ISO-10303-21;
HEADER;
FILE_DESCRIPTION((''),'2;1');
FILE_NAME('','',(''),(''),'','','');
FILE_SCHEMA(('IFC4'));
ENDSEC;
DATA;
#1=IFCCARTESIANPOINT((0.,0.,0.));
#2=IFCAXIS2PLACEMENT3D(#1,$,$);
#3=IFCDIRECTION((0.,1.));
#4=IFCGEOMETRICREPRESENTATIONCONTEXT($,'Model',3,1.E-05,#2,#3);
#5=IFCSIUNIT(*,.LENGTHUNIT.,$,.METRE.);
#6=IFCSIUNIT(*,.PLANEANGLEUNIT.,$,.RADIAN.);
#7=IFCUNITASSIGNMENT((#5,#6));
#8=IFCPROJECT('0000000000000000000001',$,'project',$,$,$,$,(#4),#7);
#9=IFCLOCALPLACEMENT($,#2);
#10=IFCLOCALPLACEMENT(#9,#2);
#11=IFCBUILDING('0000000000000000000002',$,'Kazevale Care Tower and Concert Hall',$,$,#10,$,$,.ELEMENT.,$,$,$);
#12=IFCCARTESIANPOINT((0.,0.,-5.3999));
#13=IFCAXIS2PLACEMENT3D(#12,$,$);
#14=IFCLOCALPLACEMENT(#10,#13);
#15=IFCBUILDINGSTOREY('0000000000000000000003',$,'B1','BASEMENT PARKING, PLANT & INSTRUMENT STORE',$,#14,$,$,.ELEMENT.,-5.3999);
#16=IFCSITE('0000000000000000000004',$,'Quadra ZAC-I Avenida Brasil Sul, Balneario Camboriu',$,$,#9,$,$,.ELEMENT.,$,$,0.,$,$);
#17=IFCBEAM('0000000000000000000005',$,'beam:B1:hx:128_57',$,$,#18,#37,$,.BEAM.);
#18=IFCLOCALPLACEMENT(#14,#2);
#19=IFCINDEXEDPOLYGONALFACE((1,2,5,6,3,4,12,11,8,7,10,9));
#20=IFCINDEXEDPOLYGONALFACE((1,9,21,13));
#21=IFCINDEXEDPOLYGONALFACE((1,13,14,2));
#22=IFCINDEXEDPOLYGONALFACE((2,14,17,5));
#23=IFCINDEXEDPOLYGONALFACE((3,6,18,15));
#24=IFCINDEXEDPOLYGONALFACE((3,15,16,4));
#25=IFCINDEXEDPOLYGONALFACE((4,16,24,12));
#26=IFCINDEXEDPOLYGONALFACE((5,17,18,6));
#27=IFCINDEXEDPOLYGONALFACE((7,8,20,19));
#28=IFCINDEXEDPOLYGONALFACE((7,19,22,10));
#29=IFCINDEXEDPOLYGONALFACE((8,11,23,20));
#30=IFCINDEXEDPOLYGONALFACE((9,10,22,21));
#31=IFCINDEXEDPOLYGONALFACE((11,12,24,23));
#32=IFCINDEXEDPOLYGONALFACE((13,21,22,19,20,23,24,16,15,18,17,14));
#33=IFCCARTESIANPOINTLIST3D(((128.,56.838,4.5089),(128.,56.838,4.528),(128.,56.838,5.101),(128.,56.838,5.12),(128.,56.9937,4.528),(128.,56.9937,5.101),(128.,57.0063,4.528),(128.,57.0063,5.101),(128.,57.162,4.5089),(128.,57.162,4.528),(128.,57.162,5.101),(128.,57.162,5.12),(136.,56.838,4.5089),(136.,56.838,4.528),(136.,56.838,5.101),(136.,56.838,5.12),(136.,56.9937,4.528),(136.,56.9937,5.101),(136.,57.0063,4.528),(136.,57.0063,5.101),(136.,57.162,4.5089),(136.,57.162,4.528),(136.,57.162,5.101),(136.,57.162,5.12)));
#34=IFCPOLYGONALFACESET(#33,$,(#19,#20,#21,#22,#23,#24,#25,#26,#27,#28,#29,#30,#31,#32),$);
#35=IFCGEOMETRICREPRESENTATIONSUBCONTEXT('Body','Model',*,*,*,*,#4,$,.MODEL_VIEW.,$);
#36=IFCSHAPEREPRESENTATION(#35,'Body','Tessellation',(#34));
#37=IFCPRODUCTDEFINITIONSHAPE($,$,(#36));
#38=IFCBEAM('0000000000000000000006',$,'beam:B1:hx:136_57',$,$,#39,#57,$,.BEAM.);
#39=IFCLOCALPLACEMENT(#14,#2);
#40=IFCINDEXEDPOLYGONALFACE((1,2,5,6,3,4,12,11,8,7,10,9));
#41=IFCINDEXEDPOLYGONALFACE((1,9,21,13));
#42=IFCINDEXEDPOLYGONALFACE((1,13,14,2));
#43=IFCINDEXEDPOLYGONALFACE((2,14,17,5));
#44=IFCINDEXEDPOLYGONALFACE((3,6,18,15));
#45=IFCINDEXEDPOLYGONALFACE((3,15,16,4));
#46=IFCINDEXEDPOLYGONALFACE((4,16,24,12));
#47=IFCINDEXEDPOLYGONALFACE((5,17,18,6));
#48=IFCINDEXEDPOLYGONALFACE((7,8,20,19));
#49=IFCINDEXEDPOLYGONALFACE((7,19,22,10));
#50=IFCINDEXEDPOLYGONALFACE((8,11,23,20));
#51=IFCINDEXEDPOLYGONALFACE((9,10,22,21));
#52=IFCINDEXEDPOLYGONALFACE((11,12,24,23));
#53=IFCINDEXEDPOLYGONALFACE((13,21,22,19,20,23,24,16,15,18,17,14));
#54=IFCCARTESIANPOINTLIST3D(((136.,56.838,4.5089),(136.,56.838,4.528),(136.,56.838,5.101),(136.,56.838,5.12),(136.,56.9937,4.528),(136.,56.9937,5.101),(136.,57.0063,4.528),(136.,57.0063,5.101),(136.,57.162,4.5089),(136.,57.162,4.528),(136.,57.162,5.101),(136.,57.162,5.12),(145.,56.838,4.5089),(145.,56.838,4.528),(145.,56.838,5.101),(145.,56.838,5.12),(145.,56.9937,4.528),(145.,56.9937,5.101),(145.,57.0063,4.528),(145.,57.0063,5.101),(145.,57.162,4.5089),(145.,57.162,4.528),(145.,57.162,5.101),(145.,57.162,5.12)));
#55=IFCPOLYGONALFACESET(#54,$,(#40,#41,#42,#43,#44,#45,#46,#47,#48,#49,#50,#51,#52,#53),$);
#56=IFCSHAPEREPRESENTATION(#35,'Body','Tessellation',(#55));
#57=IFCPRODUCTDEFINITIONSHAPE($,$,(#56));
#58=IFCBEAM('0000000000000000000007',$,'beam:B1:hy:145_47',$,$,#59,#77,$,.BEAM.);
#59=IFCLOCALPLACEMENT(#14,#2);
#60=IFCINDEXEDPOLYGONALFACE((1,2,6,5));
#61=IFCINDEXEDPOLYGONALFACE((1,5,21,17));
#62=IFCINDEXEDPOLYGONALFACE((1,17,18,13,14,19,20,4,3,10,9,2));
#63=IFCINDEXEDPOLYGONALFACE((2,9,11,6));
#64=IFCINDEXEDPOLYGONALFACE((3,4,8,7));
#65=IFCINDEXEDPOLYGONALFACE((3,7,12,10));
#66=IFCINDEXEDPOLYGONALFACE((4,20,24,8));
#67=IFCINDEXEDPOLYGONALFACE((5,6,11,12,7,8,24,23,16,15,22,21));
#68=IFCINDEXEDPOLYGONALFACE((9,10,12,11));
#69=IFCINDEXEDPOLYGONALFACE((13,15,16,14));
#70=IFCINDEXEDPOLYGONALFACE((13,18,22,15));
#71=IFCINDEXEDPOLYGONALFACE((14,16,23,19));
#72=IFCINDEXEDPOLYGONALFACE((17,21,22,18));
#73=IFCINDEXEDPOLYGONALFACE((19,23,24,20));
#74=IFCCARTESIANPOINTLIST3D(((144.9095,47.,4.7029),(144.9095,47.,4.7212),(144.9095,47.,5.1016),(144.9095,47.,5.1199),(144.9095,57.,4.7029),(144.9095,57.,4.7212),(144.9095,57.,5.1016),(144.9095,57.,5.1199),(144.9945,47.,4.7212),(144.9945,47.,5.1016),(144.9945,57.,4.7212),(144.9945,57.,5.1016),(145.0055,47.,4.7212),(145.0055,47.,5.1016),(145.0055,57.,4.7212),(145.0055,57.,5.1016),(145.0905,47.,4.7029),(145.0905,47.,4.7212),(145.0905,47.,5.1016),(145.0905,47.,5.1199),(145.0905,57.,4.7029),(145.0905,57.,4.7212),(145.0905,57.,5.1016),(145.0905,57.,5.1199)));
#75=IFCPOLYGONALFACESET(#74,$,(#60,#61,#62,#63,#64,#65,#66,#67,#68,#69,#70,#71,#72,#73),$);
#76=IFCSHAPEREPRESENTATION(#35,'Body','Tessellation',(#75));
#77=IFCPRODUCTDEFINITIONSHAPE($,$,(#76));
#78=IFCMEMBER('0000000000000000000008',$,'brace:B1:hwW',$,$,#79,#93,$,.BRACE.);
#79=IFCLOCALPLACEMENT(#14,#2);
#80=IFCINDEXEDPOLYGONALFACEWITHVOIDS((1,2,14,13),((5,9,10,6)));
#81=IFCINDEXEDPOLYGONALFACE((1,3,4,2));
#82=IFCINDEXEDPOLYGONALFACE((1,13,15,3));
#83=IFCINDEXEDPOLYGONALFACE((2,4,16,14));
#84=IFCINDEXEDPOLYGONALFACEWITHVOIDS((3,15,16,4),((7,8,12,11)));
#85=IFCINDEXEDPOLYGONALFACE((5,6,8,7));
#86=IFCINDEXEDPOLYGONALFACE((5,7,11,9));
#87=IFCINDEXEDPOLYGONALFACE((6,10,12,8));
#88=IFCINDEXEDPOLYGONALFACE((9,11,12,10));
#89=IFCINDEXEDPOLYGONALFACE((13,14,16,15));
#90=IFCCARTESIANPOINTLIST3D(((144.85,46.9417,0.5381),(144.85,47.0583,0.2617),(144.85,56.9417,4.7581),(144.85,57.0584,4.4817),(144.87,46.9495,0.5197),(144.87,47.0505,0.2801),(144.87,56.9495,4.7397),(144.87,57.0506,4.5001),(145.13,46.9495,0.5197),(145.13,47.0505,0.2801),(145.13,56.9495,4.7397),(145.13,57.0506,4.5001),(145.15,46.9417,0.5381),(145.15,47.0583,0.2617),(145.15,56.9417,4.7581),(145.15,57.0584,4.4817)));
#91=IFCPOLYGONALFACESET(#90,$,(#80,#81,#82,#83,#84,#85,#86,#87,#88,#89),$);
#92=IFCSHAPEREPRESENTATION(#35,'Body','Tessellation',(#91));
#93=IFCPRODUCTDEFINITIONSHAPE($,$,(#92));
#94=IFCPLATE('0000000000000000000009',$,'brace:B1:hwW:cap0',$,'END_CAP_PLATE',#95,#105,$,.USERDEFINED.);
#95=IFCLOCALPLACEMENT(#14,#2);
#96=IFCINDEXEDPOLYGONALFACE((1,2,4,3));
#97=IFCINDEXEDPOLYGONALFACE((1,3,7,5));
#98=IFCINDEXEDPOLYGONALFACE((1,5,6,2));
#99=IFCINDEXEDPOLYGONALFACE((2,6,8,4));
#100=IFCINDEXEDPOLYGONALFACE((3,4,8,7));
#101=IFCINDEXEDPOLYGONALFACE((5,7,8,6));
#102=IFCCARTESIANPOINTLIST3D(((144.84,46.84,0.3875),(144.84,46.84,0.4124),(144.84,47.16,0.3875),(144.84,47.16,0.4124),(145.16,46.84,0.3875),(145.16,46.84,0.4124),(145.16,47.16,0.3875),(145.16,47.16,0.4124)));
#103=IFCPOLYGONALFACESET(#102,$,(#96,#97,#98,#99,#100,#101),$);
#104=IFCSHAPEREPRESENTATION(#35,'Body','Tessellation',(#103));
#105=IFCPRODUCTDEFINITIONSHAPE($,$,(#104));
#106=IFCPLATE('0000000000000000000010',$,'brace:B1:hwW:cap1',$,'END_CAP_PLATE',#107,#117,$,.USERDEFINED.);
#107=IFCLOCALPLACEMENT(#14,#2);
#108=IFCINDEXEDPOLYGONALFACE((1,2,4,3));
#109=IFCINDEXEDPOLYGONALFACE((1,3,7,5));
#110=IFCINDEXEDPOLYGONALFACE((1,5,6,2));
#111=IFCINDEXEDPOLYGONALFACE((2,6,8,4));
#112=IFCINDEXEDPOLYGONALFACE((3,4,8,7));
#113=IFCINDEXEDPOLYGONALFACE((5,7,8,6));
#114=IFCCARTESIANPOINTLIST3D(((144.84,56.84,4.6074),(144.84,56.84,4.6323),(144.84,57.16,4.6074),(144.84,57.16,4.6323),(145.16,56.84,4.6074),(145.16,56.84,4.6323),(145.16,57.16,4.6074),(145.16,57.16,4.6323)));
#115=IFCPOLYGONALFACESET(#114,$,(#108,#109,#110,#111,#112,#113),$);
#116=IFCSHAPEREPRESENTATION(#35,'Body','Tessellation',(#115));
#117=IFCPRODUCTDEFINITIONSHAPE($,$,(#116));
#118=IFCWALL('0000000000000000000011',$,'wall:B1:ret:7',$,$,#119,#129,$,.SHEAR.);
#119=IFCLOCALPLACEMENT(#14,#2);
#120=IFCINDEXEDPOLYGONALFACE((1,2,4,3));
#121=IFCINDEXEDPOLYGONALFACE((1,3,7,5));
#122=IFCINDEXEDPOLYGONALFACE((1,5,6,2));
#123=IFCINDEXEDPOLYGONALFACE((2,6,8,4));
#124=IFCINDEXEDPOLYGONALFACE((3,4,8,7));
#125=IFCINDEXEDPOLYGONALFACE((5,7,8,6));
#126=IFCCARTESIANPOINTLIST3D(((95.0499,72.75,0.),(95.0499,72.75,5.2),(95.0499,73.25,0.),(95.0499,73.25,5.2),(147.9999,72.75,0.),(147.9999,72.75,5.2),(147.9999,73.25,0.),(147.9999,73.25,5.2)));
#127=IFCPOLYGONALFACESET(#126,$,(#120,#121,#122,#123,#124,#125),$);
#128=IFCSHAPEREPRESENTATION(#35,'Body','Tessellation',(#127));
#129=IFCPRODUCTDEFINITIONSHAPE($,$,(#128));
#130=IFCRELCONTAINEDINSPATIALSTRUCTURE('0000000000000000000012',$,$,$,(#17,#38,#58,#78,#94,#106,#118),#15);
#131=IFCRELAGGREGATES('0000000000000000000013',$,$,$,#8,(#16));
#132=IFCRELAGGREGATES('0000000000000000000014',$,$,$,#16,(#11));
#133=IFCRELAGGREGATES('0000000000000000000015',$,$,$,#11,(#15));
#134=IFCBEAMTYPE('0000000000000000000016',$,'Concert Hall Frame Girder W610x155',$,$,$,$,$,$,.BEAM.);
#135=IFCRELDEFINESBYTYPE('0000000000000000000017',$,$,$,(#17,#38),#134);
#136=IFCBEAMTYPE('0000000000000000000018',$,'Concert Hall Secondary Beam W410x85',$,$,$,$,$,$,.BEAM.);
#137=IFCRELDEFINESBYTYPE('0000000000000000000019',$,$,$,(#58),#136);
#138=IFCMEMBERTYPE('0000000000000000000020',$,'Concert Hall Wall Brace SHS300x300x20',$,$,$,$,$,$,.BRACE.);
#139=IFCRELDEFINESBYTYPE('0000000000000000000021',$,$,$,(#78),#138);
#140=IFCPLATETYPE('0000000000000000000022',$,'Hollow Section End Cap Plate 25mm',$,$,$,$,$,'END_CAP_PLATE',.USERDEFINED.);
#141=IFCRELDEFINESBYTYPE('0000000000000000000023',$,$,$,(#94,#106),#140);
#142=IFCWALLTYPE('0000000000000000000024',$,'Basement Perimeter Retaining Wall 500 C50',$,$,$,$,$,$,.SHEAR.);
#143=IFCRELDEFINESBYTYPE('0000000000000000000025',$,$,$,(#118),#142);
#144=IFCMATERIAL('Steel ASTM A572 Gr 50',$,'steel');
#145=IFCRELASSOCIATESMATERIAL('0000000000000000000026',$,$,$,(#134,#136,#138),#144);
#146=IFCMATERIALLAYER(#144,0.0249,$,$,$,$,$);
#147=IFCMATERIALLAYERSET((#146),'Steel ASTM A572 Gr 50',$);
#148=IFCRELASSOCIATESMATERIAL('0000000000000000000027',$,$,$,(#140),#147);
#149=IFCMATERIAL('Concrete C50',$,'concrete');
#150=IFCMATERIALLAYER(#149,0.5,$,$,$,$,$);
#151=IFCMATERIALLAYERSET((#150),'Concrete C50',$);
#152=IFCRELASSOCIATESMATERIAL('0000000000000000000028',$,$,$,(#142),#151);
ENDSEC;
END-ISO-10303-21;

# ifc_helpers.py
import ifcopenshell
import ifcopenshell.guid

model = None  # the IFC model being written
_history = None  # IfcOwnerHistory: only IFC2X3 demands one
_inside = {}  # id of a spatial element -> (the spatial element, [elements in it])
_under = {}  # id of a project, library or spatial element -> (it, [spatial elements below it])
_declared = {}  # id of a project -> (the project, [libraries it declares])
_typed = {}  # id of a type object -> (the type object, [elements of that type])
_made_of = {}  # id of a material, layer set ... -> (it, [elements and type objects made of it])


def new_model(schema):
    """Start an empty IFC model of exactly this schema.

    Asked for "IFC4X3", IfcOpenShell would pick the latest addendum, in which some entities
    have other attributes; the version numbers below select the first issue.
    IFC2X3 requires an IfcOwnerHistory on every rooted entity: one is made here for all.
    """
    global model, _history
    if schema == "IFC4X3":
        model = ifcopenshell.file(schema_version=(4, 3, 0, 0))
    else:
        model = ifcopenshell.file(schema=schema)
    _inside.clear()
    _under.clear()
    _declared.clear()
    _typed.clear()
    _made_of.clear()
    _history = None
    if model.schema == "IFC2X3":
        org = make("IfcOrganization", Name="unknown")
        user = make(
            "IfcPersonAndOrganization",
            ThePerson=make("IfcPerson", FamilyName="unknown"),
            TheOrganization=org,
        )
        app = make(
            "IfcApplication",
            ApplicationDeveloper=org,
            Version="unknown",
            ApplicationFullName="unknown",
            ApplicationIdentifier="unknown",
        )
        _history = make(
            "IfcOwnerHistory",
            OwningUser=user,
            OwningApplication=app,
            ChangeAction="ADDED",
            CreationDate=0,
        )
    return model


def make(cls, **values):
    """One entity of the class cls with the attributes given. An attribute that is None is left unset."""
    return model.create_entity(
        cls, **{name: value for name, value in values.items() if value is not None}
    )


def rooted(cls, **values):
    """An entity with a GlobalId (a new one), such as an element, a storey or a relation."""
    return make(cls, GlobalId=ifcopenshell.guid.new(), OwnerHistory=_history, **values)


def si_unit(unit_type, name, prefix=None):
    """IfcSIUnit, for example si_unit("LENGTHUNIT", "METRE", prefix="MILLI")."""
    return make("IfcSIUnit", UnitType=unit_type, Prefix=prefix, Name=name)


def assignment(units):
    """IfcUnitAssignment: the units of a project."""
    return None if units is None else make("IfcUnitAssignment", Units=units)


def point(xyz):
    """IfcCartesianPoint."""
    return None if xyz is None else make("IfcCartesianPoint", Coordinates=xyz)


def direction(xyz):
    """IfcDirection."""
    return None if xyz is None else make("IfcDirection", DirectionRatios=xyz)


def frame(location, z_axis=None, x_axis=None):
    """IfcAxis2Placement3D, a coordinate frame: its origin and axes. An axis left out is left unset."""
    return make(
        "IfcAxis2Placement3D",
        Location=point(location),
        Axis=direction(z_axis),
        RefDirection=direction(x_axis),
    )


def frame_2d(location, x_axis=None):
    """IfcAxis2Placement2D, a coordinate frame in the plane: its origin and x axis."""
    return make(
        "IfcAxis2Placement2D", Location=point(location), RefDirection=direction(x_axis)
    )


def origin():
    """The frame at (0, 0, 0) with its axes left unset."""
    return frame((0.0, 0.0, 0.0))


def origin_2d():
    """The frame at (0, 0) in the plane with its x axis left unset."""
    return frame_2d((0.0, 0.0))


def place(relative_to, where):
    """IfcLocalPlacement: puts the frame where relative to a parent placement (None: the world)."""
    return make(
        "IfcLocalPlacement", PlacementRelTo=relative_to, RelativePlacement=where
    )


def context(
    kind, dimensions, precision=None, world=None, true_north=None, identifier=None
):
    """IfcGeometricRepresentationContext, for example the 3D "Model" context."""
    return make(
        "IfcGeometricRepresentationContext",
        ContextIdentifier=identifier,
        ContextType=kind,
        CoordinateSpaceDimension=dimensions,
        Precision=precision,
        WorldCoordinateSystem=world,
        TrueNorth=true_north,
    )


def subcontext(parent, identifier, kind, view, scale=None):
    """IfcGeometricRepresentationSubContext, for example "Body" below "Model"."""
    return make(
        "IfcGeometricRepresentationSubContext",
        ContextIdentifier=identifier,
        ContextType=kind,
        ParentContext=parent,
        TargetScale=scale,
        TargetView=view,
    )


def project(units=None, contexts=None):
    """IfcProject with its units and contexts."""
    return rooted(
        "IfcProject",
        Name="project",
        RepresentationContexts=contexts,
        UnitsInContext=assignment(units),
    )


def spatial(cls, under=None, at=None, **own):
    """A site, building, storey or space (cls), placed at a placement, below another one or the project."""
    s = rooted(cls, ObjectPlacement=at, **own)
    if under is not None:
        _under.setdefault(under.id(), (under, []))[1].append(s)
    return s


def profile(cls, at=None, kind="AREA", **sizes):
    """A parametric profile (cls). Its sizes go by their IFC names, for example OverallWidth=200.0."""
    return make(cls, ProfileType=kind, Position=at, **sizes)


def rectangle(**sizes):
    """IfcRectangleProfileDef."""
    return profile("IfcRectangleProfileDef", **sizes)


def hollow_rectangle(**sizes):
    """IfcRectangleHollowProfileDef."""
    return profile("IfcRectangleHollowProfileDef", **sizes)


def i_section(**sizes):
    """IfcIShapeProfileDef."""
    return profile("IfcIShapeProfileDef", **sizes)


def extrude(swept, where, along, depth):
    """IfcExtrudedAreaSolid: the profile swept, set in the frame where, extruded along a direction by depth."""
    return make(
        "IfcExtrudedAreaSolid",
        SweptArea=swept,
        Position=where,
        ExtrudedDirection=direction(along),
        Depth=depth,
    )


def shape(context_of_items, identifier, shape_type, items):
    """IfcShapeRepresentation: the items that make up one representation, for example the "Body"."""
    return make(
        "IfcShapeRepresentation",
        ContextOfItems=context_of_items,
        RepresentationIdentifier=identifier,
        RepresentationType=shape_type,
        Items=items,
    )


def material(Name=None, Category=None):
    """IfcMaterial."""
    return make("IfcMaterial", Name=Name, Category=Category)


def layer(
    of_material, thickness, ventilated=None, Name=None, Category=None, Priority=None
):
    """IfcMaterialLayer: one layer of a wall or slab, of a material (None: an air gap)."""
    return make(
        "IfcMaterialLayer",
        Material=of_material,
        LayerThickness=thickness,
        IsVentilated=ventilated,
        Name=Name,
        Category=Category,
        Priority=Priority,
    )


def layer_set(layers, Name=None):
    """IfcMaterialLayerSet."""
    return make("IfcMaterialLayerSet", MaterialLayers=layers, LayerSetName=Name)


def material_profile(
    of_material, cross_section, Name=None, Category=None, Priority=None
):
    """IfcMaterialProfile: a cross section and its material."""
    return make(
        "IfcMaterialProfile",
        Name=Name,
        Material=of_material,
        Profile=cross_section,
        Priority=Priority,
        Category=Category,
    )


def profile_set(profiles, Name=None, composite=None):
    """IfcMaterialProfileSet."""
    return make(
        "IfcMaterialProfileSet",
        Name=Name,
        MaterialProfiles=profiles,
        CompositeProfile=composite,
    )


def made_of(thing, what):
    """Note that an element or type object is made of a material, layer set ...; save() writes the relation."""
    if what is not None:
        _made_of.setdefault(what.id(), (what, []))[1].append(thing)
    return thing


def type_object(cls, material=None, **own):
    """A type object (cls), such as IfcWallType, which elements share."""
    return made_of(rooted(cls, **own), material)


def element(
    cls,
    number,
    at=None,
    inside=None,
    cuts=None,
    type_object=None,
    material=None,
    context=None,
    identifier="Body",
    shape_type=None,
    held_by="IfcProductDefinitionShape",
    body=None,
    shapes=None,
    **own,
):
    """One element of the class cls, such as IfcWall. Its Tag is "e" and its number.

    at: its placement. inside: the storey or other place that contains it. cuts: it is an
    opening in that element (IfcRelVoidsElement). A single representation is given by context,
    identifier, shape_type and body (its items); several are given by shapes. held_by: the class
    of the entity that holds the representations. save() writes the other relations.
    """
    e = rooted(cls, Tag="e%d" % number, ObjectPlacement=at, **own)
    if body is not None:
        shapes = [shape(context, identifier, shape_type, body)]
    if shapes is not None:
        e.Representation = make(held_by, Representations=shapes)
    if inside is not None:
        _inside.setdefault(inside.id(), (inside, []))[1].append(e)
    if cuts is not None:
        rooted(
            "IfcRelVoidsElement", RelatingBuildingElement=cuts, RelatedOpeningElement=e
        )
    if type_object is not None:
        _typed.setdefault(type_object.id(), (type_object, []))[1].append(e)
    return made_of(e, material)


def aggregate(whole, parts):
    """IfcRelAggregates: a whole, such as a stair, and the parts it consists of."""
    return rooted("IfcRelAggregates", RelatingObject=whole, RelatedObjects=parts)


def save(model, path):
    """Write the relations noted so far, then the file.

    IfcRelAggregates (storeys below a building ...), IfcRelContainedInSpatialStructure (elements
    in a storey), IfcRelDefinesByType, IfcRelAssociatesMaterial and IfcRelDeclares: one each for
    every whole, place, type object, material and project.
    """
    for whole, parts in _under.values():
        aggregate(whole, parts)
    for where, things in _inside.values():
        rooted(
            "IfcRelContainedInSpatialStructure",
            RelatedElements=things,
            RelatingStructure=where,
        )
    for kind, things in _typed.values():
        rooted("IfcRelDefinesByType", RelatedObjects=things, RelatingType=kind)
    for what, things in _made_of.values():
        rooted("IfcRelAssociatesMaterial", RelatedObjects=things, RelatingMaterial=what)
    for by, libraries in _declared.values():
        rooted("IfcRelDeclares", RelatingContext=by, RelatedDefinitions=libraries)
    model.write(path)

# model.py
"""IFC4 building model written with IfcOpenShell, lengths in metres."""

from ifc_helpers import new_model, si_unit, direction, frame, frame_2d, origin, origin_2d, place, context, subcontext, project, spatial, rectangle, hollow_rectangle, i_section, extrude, material, layer, layer_set, material_profile, profile_set, type_object, element, save


model = new_model("IFC4")

# Units and contexts
model_context = context("Model", 3, precision=1e-05, world=origin(), true_north=direction((0.0, 1.0)))
body_context = subcontext(model_context, "Body", "Model", "MODEL_VIEW")
ifc_project = project(units=[si_unit("LENGTHUNIT", "METRE"), si_unit("PLANEANGLEUNIT", "RADIAN")], contexts=[model_context])

# Site, building, storey
site_placement = place(None, origin())
site = spatial("IfcSite", under=ifc_project, at=site_placement, Name="Quadra ZAC-I Avenida Brasil Sul, Balneario Camboriu", CompositionType="ELEMENT", RefElevation=0.0)
building_placement = place(site_placement, origin())
building = spatial("IfcBuilding", under=site, at=building_placement, Name="Kazevale Care Tower and Concert Hall", CompositionType="ELEMENT")
storey_placement = place(building_placement, frame((0.0, 0.0, -5.3999)))
storey = spatial("IfcBuildingStorey", under=building, at=storey_placement, Name="B1", Description="BASEMENT PARKING, PLANT & INSTRUMENT STORE", CompositionType="ELEMENT", Elevation=-5.3999)

# Shared definitions
ifc_material_1 = material(Name="Concrete C50", Category="concrete")

# Beams
ifc_material_2 = material(Name="Steel ASTM A572 Gr 50", Category="steel")
ifc_material_profile_1 = material_profile(ifc_material_2, i_section(OverallWidth=0.324, OverallDepth=0.6111, WebThickness=0.0127, FlangeThickness=0.019, at=origin_2d()), Name="W610x155")
ifc_profile_set_1 = profile_set([ifc_material_profile_1], Name="Steel ASTM A572 Gr 50")
beam_type_1 = type_object("IfcBeamType", Name="Concert Hall Frame Girder W610x155", PredefinedType="BEAM", material=ifc_profile_set_1)
for number, where, z_axis, x_axis, name in (
    (1, (128.0, 57.0, 4.8145), (1.0, 0.0, 0.0), (0.0, 1.0, 0.0), "beam:B1:hx:128_57"),
):
    element("IfcBeam", number, at=place(storey_placement, frame(where, z_axis=z_axis, x_axis=x_axis)), inside=storey, type_object=beam_type_1, Name=name, PredefinedType="BEAM", context=body_context, shape_type="SweptSolid", body=[
        extrude(i_section(OverallWidth=0.324, OverallDepth=0.6111, WebThickness=0.0127, FlangeThickness=0.019, at=origin_2d()), origin(), (0.0, 0.0, 1.0), 8.0),
    ])
beam_1_placement = place(storey_placement, frame((136.0, 57.0, 4.8145), z_axis=(1.0, 0.0, 0.0), x_axis=(0.0, 1.0, 0.0)))
element("IfcBeam", 2, at=beam_1_placement, inside=storey, type_object=beam_type_1, Name="beam:B1:hx:136_57", PredefinedType="BEAM", context=body_context, shape_type="SweptSolid", body=[
    extrude(i_section(OverallWidth=0.324, OverallDepth=0.6111, WebThickness=0.0127, FlangeThickness=0.019, at=origin_2d()), origin(), (0.0, 0.0, 1.0), 9.0),
])
ifc_material_profile_2 = material_profile(ifc_material_2, i_section(OverallWidth=0.1809, OverallDepth=0.417, WebThickness=0.011, FlangeThickness=0.0183, at=origin_2d()), Name="W410x85")
ifc_profile_set_2 = profile_set([ifc_material_profile_2], Name="Steel ASTM A572 Gr 50")
beam_type_2 = type_object("IfcBeamType", Name="Concert Hall Secondary Beam W410x85", PredefinedType="BEAM", material=ifc_profile_set_2)
beam_2_placement = place(storey_placement, frame((145.0, 47.0, 4.9114), z_axis=(0.0, 1.0, 0.0), x_axis=(-1.0, 0.0, 0.0)))
element("IfcBeam", 3, at=beam_2_placement, inside=storey, type_object=beam_type_2, Name="beam:B1:hy:145_47", PredefinedType="BEAM", context=body_context, shape_type="SweptSolid", body=[
    extrude(i_section(OverallWidth=0.1809, OverallDepth=0.417, WebThickness=0.011, FlangeThickness=0.0183, at=origin_2d()), origin(), (0.0, 0.0, 1.0), 10.0),
])

# Member
ifc_material_profile_3 = material_profile(ifc_material_2, hollow_rectangle(XDim=0.3, YDim=0.3, WallThickness=0.02, at=origin_2d()), Name="SHS300x300x20")
ifc_profile_set_3 = profile_set([ifc_material_profile_3], Name="Steel ASTM A572 Gr 50")
member_type = type_object("IfcMemberType", Name="Concert Hall Wall Brace SHS300x300x20", PredefinedType="BRACE", material=ifc_profile_set_3)
member_placement = place(storey_placement, frame((145.0, 47.0, 0.3999), z_axis=(0.0, 0.921324, 0.388796), x_axis=(-1.0, 0.0, 0.0)))
element("IfcMember", 4, at=member_placement, inside=storey, type_object=member_type, Name="brace:B1:hwW", PredefinedType="BRACE", context=body_context, shape_type="SweptSolid", body=[
    extrude(hollow_rectangle(XDim=0.3, YDim=0.3, WallThickness=0.02, at=origin_2d()), origin(), (0.0, 0.0, 1.0), 10.854),
])

# Plates
ifc_layer_1 = layer(ifc_material_2, 0.0249)
ifc_layer_set_1 = layer_set([ifc_layer_1], Name="Steel ASTM A572 Gr 50")
plate_type = type_object("IfcPlateType", Name="Hollow Section End Cap Plate 25mm", ElementType="END_CAP_PLATE", PredefinedType="USERDEFINED", material=ifc_layer_set_1)
for number, where, z_axis, x_axis, name in (
    (5, (145.0, 47.0, 0.3875), (0.0, 0.0, 1.0), (1.0, 0.0, 0.0), "brace:B1:hwW:cap0"),
    (6, (145.0, 57.0, 4.6074), (0.0, 0.0, 1.0), (1.0, 0.0, 0.0), "brace:B1:hwW:cap1"),
):
    element("IfcPlate", number, at=place(storey_placement, frame(where, z_axis=z_axis, x_axis=x_axis)), inside=storey, type_object=plate_type, Name=name, ObjectType="END_CAP_PLATE", PredefinedType="USERDEFINED", context=body_context, shape_type="SweptSolid", body=[
        extrude(rectangle(XDim=0.3201, YDim=0.3201, at=origin_2d()), origin(), (0.0, 0.0, 1.0), 0.0249),
    ])

# Wall
ifc_layer_2 = layer(ifc_material_1, 0.5)
ifc_layer_set_2 = layer_set([ifc_layer_2], Name="Concrete C50")
wall_type_1 = type_object("IfcWallType", Name="Basement Perimeter Retaining Wall 500 C50", PredefinedType="SHEAR", material=ifc_layer_set_2)
wall_1_placement = place(storey_placement, frame((148.0, 73.0, 0.0), z_axis=(0.0, 0.0, 1.0), x_axis=(-1.0, 0.0, 0.0)))
element("IfcWall", 7, at=wall_1_placement, inside=storey, type_object=wall_type_1, Name="wall:B1:ret:7", PredefinedType="SHEAR", context=body_context, shape_type="SweptSolid", body=[
    extrude(rectangle(XDim=52.95, YDim=0.5, at=frame_2d((26.4751, 0.0))), origin(), (0.0, 0.0, 1.0), 5.2),
])

save(model, "model.ifc")
